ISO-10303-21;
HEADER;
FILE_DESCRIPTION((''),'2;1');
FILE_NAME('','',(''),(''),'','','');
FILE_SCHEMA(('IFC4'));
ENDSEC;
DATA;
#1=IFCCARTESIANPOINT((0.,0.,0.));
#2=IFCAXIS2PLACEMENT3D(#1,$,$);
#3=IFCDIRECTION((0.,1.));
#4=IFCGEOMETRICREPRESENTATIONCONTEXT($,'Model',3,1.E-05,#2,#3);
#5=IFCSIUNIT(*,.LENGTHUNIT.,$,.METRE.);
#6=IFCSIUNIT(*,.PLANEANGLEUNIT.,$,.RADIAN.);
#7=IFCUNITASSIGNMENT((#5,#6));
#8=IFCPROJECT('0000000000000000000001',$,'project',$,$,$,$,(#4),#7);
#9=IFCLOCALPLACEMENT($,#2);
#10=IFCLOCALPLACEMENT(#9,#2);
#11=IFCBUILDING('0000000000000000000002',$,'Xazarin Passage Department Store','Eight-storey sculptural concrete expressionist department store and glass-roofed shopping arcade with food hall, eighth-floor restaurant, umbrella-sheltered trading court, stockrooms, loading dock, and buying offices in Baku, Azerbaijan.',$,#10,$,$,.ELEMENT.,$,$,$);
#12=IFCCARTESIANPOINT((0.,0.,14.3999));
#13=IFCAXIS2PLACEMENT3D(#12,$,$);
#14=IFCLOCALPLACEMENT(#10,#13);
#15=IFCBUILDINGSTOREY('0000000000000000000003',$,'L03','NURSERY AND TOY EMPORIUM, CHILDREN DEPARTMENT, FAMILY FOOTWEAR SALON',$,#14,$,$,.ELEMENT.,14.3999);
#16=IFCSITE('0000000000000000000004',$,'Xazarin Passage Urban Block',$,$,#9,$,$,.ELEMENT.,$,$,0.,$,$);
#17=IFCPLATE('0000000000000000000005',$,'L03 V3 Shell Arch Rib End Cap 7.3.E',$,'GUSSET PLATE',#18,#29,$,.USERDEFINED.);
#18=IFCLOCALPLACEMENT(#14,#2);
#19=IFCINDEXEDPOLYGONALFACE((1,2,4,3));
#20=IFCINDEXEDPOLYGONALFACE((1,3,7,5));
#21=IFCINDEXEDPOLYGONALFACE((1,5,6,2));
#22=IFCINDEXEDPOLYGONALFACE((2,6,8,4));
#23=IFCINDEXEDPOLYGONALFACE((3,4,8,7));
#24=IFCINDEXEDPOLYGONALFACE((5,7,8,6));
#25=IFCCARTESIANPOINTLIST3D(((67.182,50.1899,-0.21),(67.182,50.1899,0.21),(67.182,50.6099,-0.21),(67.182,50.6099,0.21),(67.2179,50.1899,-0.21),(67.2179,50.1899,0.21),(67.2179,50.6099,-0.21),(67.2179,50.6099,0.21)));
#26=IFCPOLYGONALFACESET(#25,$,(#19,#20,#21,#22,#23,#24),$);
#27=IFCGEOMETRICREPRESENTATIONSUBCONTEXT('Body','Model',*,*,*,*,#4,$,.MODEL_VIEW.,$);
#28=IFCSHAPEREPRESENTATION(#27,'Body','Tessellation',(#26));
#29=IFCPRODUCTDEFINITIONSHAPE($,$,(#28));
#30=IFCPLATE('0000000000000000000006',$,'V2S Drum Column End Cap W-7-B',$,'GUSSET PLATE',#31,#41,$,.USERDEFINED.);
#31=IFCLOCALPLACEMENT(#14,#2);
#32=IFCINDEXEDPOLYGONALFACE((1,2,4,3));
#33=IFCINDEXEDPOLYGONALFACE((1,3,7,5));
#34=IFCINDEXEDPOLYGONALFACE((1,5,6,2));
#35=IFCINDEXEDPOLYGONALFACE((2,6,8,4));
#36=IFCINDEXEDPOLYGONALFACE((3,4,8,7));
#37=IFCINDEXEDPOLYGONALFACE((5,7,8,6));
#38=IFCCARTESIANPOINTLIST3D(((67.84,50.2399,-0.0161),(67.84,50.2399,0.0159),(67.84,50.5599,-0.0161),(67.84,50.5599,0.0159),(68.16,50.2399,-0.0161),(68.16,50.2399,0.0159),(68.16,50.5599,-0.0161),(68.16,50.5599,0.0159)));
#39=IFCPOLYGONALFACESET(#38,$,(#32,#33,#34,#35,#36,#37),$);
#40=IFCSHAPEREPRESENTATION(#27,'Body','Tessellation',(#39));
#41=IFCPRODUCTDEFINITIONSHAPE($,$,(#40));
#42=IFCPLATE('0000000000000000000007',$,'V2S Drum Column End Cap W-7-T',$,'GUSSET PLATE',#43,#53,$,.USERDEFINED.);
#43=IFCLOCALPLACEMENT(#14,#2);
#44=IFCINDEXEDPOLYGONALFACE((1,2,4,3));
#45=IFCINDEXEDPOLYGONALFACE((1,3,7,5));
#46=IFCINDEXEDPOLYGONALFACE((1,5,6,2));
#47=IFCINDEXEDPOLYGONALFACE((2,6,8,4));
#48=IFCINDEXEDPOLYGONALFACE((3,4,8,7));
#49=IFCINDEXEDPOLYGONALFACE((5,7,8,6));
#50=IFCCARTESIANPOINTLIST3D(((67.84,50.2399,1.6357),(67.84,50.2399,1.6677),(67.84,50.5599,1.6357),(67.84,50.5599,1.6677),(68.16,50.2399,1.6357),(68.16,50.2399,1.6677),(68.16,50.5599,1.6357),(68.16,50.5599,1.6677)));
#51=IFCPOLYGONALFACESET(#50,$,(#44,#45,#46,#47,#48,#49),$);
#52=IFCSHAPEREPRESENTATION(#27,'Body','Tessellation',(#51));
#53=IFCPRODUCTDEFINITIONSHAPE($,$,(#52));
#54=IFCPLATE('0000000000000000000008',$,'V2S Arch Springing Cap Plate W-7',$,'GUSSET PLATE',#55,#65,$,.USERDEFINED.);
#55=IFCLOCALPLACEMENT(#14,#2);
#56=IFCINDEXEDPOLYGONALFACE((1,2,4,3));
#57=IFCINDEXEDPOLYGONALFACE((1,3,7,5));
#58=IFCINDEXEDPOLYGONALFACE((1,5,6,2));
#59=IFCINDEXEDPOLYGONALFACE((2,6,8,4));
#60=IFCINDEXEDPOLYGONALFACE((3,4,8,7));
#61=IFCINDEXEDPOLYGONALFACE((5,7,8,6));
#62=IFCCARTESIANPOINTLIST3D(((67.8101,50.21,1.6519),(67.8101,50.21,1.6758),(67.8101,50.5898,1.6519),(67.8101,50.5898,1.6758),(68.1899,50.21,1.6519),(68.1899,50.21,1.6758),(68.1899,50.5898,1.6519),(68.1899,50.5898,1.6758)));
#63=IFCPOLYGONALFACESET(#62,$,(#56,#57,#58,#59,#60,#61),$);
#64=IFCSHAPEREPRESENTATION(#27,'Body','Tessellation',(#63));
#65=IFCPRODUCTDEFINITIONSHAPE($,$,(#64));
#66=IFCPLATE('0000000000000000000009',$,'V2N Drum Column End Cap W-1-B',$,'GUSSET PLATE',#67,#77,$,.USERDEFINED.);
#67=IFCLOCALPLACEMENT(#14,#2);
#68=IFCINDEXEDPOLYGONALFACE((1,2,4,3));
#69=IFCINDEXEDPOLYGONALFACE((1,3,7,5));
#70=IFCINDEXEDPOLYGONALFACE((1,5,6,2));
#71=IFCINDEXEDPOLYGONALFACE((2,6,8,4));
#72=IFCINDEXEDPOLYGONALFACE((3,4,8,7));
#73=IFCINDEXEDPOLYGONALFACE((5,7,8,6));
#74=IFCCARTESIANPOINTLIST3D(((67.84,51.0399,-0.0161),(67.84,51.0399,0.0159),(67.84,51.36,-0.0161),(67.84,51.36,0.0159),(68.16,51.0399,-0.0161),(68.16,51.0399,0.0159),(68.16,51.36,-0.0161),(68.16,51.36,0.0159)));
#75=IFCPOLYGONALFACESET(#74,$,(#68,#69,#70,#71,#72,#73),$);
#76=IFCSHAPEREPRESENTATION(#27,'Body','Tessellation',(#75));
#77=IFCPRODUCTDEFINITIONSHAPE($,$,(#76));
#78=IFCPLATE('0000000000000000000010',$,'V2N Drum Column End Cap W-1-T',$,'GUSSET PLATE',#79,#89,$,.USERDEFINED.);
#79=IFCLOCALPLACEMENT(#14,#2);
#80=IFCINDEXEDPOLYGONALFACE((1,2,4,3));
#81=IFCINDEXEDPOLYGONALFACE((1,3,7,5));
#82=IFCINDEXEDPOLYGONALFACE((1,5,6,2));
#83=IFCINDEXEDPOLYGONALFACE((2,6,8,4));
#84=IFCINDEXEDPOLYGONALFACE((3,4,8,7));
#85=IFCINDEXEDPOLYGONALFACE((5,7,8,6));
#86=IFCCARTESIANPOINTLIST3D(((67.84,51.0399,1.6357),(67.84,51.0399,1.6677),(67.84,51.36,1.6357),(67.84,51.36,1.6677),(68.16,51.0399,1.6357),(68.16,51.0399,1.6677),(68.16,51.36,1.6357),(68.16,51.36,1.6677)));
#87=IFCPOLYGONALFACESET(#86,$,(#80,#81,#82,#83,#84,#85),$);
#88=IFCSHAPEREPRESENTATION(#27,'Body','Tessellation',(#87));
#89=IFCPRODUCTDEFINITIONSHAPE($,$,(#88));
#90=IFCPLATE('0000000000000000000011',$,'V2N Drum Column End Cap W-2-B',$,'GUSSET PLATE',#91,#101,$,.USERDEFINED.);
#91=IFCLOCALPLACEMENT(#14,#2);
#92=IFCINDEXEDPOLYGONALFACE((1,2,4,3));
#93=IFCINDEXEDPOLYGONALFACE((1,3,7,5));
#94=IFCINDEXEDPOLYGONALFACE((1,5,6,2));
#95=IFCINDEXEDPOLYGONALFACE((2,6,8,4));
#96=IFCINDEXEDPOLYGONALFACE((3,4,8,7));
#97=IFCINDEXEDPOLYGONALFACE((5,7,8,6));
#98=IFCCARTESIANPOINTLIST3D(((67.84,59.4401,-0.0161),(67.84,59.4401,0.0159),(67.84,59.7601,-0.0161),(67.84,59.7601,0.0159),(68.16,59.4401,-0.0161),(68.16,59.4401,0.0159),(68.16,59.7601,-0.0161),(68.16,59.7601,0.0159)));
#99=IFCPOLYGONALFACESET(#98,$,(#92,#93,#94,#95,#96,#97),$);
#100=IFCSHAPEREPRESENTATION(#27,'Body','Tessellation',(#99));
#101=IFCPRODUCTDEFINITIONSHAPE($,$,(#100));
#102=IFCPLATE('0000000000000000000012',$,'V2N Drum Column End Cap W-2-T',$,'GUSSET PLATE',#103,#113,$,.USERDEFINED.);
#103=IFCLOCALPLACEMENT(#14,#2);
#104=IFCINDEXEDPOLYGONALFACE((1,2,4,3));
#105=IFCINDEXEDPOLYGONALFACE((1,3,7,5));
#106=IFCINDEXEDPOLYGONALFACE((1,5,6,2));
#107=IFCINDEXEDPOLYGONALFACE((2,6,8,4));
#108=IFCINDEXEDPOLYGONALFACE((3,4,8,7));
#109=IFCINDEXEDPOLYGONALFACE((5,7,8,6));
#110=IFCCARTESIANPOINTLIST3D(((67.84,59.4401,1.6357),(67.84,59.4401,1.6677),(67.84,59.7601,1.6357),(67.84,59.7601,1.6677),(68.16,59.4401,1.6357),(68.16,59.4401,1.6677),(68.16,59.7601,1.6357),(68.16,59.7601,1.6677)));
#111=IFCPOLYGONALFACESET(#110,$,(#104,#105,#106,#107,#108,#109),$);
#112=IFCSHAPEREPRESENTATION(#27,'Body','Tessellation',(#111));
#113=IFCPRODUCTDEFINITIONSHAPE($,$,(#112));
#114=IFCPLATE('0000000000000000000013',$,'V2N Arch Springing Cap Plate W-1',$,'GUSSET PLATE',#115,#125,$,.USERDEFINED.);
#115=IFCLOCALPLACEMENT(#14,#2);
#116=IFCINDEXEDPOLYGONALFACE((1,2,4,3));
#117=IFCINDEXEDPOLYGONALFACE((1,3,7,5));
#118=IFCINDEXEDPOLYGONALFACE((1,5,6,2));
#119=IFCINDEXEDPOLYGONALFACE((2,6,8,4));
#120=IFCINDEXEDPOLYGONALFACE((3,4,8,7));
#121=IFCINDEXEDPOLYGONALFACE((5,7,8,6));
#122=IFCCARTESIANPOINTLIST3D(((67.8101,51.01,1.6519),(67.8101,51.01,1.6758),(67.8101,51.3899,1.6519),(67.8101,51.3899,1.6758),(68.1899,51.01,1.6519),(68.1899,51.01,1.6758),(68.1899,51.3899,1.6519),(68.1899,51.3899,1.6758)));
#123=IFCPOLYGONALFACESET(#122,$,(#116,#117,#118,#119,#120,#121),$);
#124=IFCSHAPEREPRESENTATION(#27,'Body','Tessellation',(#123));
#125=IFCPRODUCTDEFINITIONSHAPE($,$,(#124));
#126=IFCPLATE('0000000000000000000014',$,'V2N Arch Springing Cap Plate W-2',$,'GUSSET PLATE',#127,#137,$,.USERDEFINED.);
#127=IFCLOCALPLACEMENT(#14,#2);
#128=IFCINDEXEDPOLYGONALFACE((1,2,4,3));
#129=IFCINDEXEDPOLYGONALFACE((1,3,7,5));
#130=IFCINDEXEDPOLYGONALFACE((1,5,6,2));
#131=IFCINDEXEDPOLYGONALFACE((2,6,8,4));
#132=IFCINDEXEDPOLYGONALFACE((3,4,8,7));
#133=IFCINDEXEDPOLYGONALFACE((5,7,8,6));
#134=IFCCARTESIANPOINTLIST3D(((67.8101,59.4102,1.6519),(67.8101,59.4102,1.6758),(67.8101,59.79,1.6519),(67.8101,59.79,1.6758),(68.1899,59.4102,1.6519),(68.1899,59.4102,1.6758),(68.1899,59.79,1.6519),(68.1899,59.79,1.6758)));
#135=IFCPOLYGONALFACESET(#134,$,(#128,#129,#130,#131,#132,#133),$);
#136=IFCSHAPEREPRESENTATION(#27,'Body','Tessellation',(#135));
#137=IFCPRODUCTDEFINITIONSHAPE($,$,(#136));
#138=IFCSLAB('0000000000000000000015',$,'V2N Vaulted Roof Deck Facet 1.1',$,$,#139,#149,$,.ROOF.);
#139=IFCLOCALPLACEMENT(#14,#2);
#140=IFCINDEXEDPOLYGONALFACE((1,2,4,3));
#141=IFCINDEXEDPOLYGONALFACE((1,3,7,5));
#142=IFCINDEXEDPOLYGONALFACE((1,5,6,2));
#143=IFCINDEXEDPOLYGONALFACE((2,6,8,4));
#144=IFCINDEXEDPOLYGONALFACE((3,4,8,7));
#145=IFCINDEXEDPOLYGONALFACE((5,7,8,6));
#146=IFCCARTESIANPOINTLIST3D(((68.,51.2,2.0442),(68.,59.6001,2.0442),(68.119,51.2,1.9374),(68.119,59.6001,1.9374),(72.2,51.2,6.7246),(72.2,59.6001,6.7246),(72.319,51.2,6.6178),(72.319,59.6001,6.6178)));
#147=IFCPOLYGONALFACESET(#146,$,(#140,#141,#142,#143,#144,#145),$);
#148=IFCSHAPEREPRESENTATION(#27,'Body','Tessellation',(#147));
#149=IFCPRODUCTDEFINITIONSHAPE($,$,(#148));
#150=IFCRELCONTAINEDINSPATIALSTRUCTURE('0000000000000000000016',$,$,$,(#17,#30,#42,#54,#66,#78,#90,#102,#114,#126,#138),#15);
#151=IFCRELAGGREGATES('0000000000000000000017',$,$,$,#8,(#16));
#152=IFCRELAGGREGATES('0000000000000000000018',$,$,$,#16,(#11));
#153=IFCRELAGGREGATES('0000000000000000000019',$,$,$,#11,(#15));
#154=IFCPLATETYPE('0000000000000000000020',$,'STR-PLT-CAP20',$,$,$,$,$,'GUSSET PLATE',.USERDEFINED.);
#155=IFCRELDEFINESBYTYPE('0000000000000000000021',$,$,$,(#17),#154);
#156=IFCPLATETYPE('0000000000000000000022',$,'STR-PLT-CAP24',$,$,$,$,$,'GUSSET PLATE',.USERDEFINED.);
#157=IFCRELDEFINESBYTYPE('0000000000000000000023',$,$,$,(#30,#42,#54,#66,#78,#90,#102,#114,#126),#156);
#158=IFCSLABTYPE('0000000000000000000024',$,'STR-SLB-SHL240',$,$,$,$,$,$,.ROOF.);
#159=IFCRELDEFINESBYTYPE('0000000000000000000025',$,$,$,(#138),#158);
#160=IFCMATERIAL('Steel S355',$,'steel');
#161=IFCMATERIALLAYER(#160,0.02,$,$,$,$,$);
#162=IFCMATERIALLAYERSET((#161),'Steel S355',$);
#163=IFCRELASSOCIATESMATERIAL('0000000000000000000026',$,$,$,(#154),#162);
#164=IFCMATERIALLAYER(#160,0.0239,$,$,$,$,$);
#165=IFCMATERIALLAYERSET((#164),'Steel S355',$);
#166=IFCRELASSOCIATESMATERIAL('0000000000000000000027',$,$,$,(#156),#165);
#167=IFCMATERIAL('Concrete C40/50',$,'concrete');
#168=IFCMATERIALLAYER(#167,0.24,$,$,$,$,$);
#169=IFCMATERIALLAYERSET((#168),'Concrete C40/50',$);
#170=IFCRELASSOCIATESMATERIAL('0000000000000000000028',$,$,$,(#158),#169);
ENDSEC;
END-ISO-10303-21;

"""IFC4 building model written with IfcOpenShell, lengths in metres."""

from ifc_helpers import new_model, si_unit, direction, frame, origin, origin_2d, place, context, subcontext, project, spatial, polyline, rectangle, outline, extrude, material, layer, layer_set, type_object, element, save


model = new_model("IFC4")

# Units and contexts
model_context = context("Model", 3, precision=1e-05, world=origin(), true_north=direction((0.0, 1.0)))
body_context = subcontext(model_context, "Body", "Model", "MODEL_VIEW")
ifc_project = project(units=[si_unit("LENGTHUNIT", "METRE"), si_unit("PLANEANGLEUNIT", "RADIAN")], contexts=[model_context])

# Site, building, storey
site_placement = place(None, origin())
site = spatial("IfcSite", under=ifc_project, at=site_placement, Name="Xazarin Passage Urban Block", CompositionType="ELEMENT", RefElevation=0.0)
building_placement = place(site_placement, origin())
building = spatial("IfcBuilding", under=site, at=building_placement, Name="Xazarin Passage Department Store", Description="Eight-storey sculptural concrete expressionist department store and glass-roofed shopping arcade with food hall, eighth-floor restaurant, umbrella-sheltered trading court, stockrooms, loading dock, and buying offices in Baku, Azerbaijan.", CompositionType="ELEMENT")
storey_placement = place(building_placement, frame((0.0, 0.0, 14.3999)))
storey = spatial("IfcBuildingStorey", under=building, at=storey_placement, Name="L03", Description="NURSERY AND TOY EMPORIUM, CHILDREN DEPARTMENT, FAMILY FOOTWEAR SALON", CompositionType="ELEMENT", Elevation=14.3999)

# Shared definitions
ifc_material_1 = material(Name="Steel S355", Category="steel")

# Shared definitions
ifc_material_2 = material(Name="Concrete C40/50", Category="concrete")

# Plates
ifc_layer_1 = layer(ifc_material_1, 0.02)
ifc_layer_set_1 = layer_set([ifc_layer_1], Name="Steel S355")
plate_type_1 = type_object("IfcPlateType", Name="STR-PLT-CAP20", ElementType="GUSSET PLATE", PredefinedType="USERDEFINED", material=ifc_layer_set_1)
plate_1_placement = place(storey_placement, frame((67.2, 50.3999, -0.21), z_axis=(0.0, 0.0, 1.0), x_axis=(1.0, 0.0, 0.0)))
element("IfcPlate", 1, at=plate_1_placement, inside=storey, type_object=plate_type_1, Name="L03 V3 Shell Arch Rib End Cap 7.3.E", ObjectType="GUSSET PLATE", PredefinedType="USERDEFINED", context=body_context, shape_type="SweptSolid", body=[
    extrude(rectangle(XDim=0.0359, YDim=0.4199, at=origin_2d()), origin(), (0.0, 0.0, 1.0), 0.4199),
])
ifc_layer_2 = layer(ifc_material_1, 0.0239)
ifc_layer_set_2 = layer_set([ifc_layer_2], Name="Steel S355")
plate_type_2 = type_object("IfcPlateType", Name="STR-PLT-CAP24", ElementType="GUSSET PLATE", PredefinedType="USERDEFINED", material=ifc_layer_set_2)
for number, where, z_axis, x_axis, name in (
    (2, (68.0, 50.3999, -0.0161), (0.0, 0.0, 1.0), (1.0, 0.0, 0.0), "V2S Drum Column End Cap W-7-B"),
    (3, (68.0, 50.3999, 1.6357), (0.0, 0.0, 1.0), (1.0, 0.0, 0.0), "V2S Drum Column End Cap W-7-T"),
):
    element("IfcPlate", number, at=place(storey_placement, frame(where, z_axis=z_axis, x_axis=x_axis)), inside=storey, type_object=plate_type_2, Name=name, ObjectType="GUSSET PLATE", PredefinedType="USERDEFINED", context=body_context, shape_type="SweptSolid", body=[
        extrude(rectangle(XDim=0.3201, YDim=0.3201, at=origin_2d()), origin(), (0.0, 0.0, 1.0), 0.032),
    ])
plate_2_placement = place(storey_placement, frame((68.0, 50.3999, 1.6519), z_axis=(0.0, 0.0, 1.0), x_axis=(1.0, 0.0, 0.0)))
element("IfcPlate", 4, at=plate_2_placement, inside=storey, type_object=plate_type_2, Name="V2S Arch Springing Cap Plate W-7", ObjectType="GUSSET PLATE", PredefinedType="USERDEFINED", context=body_context, shape_type="SweptSolid", body=[
    extrude(rectangle(XDim=0.3799, YDim=0.3799, at=origin_2d()), origin(), (0.0, 0.0, 1.0), 0.0239),
])
for number, where, z_axis, x_axis, name in (
    (5, (68.0, 51.2, -0.0161), (0.0, 0.0, 1.0), (1.0, 0.0, 0.0), "V2N Drum Column End Cap W-1-B"),
    (6, (68.0, 51.2, 1.6357), (0.0, 0.0, 1.0), (1.0, 0.0, 0.0), "V2N Drum Column End Cap W-1-T"),
    (7, (68.0, 59.6001, -0.0161), (0.0, 0.0, 1.0), (1.0, 0.0, 0.0), "V2N Drum Column End Cap W-2-B"),
    (8, (68.0, 59.6001, 1.6357), (0.0, 0.0, 1.0), (1.0, 0.0, 0.0), "V2N Drum Column End Cap W-2-T"),
):
    element("IfcPlate", number, at=place(storey_placement, frame(where, z_axis=z_axis, x_axis=x_axis)), inside=storey, type_object=plate_type_2, Name=name, ObjectType="GUSSET PLATE", PredefinedType="USERDEFINED", context=body_context, shape_type="SweptSolid", body=[
        extrude(rectangle(XDim=0.3201, YDim=0.3201, at=origin_2d()), origin(), (0.0, 0.0, 1.0), 0.032),
    ])
for number, where, z_axis, x_axis, name in (
    (9, (68.0, 51.2, 1.6519), (0.0, 0.0, 1.0), (1.0, 0.0, 0.0), "V2N Arch Springing Cap Plate W-1"),
    (10, (68.0, 59.6001, 1.6519), (0.0, 0.0, 1.0), (1.0, 0.0, 0.0), "V2N Arch Springing Cap Plate W-2"),
):
    element("IfcPlate", number, at=place(storey_placement, frame(where, z_axis=z_axis, x_axis=x_axis)), inside=storey, type_object=plate_type_2, Name=name, ObjectType="GUSSET PLATE", PredefinedType="USERDEFINED", context=body_context, shape_type="SweptSolid", body=[
        extrude(rectangle(XDim=0.3799, YDim=0.3799, at=origin_2d()), origin(), (0.0, 0.0, 1.0), 0.0239),
    ])

# Slab
ifc_layer_3 = layer(ifc_material_2, 0.24)
ifc_layer_set_3 = layer_set([ifc_layer_3], Name="Concrete C40/50")
slab_type = type_object("IfcSlabType", Name="STR-SLB-SHL240", PredefinedType="ROOF", material=ifc_layer_set_3)
slab_placement = place(storey_placement, frame((68.0, 51.2, 2.0442), z_axis=(-0.744276, 0.0, 0.667872), x_axis=(0.667872, 0.0, 0.744276)))
element("IfcSlab", 11, at=slab_placement, inside=storey, type_object=slab_type, Name="V2N Vaulted Roof Deck Facet 1.1", PredefinedType="ROOF", context=body_context, shape_type="SweptSolid", body=[
    extrude(outline(polyline([(0.0, 0.0), (6.2886, 0.0), (6.2886, 8.4001), (0.0, 8.4001), (0.0, 0.0)])), origin(), (0.0, 0.0, -1.0), 0.1599),
])

save(model, "model.ifc")
